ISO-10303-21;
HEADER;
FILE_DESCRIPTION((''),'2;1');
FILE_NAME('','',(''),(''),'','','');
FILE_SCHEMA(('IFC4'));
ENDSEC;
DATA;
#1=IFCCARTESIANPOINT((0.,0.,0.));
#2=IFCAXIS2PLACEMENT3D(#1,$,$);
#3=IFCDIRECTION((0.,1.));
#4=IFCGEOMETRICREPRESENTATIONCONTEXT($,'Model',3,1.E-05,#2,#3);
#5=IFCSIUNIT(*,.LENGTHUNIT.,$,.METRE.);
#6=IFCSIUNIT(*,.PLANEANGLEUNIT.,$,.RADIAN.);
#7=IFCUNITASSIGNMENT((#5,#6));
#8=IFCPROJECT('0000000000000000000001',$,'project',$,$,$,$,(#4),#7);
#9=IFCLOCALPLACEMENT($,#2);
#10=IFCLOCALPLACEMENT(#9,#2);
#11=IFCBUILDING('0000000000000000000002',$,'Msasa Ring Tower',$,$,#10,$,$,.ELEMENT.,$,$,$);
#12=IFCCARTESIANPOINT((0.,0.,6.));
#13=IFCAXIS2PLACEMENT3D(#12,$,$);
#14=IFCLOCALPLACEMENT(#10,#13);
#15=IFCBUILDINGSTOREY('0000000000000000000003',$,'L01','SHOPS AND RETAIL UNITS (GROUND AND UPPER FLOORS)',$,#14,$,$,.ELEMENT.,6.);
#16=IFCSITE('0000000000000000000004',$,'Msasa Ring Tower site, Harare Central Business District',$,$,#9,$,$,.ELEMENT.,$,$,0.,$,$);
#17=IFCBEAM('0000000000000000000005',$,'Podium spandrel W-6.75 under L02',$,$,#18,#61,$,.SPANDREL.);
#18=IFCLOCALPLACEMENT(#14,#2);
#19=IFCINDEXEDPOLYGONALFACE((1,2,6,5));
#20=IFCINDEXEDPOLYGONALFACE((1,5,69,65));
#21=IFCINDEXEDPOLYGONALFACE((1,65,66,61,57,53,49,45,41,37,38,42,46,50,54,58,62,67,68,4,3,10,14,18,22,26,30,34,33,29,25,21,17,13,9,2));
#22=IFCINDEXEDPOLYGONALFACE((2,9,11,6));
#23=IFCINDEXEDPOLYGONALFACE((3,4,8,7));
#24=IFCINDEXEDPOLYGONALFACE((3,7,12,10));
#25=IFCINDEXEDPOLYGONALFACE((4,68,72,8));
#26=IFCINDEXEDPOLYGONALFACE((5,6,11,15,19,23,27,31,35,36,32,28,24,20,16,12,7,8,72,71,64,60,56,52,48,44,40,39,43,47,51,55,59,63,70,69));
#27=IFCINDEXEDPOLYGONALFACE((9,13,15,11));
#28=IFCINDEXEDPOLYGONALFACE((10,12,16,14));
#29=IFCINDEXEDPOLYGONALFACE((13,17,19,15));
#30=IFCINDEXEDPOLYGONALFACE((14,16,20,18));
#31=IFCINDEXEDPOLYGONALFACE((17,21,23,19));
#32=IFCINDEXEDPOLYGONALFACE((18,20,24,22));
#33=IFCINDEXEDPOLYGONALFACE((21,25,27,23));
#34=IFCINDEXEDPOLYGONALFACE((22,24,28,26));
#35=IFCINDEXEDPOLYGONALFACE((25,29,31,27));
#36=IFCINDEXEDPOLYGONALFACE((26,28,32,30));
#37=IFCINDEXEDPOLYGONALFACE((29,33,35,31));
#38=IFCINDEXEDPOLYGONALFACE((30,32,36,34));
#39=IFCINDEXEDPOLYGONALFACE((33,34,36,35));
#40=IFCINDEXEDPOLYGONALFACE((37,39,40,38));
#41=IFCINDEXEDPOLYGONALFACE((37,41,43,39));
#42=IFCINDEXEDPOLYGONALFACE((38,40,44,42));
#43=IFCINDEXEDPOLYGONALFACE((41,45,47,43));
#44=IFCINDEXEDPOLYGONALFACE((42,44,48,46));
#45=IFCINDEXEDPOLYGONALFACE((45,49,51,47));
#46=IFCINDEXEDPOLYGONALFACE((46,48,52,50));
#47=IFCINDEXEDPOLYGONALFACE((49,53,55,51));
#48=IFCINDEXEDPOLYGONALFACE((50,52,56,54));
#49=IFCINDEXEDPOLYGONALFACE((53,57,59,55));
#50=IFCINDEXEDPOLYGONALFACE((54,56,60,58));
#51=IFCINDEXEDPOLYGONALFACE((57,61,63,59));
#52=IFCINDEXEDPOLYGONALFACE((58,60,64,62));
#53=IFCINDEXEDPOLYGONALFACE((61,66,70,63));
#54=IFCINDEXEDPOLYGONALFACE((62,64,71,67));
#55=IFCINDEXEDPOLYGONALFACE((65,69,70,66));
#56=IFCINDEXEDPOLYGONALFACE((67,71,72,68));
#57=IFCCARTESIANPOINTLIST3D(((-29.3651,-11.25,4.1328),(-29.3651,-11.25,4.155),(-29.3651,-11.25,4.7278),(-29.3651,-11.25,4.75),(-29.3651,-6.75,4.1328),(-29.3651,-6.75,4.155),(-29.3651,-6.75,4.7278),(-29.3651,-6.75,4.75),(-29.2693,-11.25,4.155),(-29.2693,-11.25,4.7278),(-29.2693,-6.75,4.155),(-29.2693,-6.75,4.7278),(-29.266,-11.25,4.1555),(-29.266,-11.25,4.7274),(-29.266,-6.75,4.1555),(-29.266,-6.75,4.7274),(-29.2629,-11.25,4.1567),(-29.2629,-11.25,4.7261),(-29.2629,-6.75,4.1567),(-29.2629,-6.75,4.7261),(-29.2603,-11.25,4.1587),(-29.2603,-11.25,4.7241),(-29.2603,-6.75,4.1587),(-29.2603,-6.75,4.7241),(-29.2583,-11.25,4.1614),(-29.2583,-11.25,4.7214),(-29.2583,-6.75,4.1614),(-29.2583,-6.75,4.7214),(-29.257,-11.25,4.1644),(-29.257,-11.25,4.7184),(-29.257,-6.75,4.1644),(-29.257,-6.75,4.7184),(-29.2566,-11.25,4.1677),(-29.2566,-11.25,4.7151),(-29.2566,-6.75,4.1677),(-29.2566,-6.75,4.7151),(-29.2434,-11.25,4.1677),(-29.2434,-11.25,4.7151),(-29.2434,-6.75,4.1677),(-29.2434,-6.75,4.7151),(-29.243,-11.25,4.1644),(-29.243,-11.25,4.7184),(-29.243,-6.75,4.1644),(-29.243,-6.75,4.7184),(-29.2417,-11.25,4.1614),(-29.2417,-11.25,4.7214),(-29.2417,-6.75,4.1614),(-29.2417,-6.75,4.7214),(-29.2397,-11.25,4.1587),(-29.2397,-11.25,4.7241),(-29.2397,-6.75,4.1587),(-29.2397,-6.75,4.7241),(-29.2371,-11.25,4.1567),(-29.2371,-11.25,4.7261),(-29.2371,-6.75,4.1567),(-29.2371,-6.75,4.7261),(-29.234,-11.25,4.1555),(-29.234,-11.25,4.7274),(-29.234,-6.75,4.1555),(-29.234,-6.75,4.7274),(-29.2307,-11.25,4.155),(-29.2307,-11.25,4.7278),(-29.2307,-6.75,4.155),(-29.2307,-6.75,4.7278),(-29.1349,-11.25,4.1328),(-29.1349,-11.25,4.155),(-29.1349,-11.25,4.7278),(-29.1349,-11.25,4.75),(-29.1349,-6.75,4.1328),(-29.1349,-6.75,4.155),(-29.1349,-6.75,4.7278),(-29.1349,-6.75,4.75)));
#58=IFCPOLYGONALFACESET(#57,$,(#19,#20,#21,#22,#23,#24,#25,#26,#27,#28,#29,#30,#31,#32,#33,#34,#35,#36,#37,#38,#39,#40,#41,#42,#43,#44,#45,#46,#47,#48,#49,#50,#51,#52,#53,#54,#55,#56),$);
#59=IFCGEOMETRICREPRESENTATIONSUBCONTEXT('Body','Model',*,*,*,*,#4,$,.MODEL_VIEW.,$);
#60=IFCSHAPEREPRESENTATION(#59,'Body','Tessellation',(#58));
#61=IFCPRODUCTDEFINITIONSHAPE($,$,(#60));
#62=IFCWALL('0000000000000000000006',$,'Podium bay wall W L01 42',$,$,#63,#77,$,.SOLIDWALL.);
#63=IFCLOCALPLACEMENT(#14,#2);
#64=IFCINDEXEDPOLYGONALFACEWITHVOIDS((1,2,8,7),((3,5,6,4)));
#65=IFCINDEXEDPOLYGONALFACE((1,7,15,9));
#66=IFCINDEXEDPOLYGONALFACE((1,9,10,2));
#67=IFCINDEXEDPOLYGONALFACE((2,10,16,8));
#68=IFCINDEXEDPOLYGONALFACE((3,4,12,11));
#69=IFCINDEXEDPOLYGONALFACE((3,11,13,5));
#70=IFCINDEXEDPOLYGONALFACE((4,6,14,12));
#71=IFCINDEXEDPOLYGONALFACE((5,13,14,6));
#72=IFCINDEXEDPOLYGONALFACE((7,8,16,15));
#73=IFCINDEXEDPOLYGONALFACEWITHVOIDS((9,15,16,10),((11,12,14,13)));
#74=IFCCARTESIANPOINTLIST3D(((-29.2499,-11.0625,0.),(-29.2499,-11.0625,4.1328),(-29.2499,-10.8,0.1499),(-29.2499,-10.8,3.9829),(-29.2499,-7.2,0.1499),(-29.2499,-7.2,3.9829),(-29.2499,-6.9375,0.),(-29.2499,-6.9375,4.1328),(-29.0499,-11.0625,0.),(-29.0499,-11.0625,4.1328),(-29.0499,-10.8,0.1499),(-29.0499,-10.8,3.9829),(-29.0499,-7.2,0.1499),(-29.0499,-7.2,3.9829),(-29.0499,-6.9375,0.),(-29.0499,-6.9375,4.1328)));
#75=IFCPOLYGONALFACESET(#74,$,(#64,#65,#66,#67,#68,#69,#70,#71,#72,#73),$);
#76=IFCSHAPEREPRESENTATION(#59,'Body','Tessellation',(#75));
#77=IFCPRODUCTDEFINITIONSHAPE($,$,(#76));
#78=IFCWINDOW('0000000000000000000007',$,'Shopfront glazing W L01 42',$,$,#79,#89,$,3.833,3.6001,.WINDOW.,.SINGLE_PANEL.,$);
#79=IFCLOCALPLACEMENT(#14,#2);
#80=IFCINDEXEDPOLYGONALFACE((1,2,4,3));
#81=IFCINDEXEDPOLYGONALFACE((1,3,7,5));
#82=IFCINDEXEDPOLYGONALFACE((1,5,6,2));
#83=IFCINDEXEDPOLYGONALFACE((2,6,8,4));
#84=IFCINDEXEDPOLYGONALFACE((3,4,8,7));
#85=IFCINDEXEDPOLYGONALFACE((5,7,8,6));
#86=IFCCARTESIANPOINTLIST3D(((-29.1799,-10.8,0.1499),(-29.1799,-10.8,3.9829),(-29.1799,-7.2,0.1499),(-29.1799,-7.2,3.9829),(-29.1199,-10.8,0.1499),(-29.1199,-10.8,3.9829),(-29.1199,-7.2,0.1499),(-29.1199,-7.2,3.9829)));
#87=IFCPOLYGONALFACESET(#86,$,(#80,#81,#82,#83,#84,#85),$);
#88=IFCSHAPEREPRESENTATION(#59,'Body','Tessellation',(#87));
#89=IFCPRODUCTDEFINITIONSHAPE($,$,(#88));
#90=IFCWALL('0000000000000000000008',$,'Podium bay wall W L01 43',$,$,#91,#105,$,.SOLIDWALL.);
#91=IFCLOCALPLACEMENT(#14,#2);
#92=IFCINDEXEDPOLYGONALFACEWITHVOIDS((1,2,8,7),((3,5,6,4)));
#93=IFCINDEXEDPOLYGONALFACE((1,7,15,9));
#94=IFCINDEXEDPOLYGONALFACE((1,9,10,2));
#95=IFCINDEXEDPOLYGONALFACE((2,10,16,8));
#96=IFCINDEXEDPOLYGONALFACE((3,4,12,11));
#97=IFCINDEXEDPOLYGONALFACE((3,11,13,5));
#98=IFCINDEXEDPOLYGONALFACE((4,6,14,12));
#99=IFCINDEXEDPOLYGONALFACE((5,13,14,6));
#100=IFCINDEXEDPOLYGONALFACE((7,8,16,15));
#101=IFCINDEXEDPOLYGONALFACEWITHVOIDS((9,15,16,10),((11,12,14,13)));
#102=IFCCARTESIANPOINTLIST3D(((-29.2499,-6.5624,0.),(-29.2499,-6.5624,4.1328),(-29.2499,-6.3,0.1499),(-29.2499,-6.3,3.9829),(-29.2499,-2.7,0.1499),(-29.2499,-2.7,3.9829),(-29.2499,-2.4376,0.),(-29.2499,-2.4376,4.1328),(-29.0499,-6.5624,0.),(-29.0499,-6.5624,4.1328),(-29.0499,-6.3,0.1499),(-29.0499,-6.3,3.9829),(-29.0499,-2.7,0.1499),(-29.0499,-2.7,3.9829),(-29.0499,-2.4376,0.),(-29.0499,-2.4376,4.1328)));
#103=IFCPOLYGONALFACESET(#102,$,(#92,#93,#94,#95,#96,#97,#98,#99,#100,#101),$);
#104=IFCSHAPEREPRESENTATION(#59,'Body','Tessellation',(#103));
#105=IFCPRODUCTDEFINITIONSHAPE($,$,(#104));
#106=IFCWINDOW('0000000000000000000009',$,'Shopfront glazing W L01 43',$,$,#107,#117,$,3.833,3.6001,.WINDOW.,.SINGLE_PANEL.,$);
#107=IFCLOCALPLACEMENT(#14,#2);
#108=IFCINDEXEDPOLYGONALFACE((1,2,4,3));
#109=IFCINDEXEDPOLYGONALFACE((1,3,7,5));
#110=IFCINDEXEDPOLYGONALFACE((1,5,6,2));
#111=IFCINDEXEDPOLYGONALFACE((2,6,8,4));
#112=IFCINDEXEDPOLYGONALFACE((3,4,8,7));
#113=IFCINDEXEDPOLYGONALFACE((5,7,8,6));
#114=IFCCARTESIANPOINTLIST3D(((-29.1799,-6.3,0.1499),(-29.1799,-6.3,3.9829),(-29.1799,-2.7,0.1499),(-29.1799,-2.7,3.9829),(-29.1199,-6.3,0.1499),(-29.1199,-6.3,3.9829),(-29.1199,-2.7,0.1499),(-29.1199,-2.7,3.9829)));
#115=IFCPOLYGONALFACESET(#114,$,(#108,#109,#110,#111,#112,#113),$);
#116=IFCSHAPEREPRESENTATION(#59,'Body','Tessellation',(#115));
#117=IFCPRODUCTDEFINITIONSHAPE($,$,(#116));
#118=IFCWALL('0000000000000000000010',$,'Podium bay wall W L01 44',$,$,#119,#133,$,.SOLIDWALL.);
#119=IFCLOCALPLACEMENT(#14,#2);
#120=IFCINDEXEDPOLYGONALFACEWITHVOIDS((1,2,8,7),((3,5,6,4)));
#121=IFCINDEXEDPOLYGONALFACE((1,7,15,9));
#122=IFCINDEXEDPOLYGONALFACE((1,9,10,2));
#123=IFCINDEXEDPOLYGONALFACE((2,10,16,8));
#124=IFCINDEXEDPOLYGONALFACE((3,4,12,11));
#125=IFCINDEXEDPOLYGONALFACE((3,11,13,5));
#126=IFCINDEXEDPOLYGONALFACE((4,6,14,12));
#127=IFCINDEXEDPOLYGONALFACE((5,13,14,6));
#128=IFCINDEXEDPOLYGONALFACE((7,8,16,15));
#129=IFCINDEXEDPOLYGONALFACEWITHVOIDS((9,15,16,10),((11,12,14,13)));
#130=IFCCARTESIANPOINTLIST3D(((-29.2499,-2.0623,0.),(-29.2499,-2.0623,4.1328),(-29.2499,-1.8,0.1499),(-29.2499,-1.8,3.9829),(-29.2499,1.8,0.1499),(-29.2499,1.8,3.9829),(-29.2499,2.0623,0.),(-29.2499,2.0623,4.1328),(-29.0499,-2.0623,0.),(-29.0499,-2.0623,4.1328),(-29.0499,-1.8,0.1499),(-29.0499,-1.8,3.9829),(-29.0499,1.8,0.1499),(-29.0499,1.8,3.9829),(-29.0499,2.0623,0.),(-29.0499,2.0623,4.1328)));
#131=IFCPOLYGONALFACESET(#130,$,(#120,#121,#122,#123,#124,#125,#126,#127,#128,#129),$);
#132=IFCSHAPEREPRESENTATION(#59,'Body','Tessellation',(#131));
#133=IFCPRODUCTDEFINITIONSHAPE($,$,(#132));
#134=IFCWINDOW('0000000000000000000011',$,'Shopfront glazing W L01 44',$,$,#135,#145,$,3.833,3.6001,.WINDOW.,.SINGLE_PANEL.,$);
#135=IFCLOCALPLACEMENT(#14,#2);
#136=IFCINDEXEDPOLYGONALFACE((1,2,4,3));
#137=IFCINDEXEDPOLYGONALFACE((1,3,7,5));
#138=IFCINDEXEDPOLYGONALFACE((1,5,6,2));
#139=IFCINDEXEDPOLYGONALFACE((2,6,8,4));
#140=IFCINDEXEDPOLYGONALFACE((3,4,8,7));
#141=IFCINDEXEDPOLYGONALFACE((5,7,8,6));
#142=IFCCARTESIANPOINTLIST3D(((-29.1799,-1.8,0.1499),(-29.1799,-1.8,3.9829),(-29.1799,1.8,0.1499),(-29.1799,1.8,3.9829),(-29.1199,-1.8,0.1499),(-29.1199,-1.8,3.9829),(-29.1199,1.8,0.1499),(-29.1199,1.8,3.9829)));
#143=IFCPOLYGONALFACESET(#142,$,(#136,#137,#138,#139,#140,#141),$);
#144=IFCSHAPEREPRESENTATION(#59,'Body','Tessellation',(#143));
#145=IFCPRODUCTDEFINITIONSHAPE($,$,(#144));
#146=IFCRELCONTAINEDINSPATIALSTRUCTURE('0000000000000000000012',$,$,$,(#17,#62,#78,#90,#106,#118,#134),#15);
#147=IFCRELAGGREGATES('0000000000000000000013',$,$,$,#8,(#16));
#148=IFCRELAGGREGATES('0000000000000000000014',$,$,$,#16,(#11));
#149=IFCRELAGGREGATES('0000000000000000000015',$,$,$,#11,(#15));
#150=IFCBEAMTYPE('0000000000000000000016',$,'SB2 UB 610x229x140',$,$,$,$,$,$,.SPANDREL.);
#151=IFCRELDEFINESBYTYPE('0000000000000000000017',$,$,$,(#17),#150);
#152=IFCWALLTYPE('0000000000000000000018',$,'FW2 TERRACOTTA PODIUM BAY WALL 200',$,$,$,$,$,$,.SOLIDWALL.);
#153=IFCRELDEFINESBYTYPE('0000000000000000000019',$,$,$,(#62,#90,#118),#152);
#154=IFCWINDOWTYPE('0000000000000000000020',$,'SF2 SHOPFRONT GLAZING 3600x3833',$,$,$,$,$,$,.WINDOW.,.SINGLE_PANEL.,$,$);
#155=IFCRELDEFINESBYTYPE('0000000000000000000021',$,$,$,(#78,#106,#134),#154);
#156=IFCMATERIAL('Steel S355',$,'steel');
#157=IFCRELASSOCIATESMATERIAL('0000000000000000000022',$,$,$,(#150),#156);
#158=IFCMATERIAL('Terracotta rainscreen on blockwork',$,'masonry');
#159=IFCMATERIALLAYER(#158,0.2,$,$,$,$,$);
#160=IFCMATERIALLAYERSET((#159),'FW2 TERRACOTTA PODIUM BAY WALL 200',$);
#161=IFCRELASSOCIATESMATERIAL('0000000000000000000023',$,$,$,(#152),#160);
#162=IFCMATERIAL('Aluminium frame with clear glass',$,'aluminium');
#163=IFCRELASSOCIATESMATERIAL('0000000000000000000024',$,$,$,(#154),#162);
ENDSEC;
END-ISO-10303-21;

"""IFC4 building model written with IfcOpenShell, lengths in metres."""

from ifc_helpers import new_model, si_unit, direction, frame, frame_2d, origin, origin_2d, place, context, subcontext, project, spatial, rectangle, i_section, extrude, material, layer, layer_set, material_profile, profile_set, type_object, element, fill, save


model = new_model("IFC4")

# Units and contexts
model_context = context("Model", 3, precision=1e-05, world=origin(), true_north=direction((0.0, 1.0)))
body_context = subcontext(model_context, "Body", "Model", "MODEL_VIEW")
ifc_project = project(units=[si_unit("LENGTHUNIT", "METRE"), si_unit("PLANEANGLEUNIT", "RADIAN")], contexts=[model_context])

# Site, building, storey
site_placement = place(None, origin())
site = spatial("IfcSite", under=ifc_project, at=site_placement, Name="Msasa Ring Tower site, Harare Central Business District", CompositionType="ELEMENT", RefElevation=0.0)
building_placement = place(site_placement, origin())
building = spatial("IfcBuilding", under=site, at=building_placement, Name="Msasa Ring Tower", CompositionType="ELEMENT")
storey_placement = place(building_placement, frame((0.0, 0.0, 6.0)))
storey = spatial("IfcBuildingStorey", under=building, at=storey_placement, Name="L01", Description="SHOPS AND RETAIL UNITS (GROUND AND UPPER FLOORS)", CompositionType="ELEMENT", Elevation=6.0)

# Beam
ifc_material_1 = material(Name="Steel S355", Category="steel")
ifc_material_profile_1 = material_profile(ifc_material_1, i_section(OverallWidth=0.2302, OverallDepth=0.6172, WebThickness=0.0132, FlangeThickness=0.0222, FilletRadius=0.0127, at=origin_2d()), Name="UB 610x229x140")
ifc_profile_set_1 = profile_set([ifc_material_profile_1], Name="Steel S355")
beam_type_1 = type_object("IfcBeamType", Name="SB2 UB 610x229x140", PredefinedType="SPANDREL", material=ifc_profile_set_1)
for number, where, z_axis, x_axis, name in (
    (1, (-29.25, -6.75, 4.4414), (0.0, -1.0, 0.0), (1.0, 0.0, 0.0), "Podium spandrel W-6.75 under L02"),
):
    element("IfcBeam", number, at=place(storey_placement, frame(where, z_axis=z_axis, x_axis=x_axis)), inside=storey, type_object=beam_type_1, Name=name, PredefinedType="SPANDREL", context=body_context, shape_type="SweptSolid", body=[
        extrude(i_section(OverallWidth=0.2302, OverallDepth=0.6172, WebThickness=0.0132, FlangeThickness=0.0222, FilletRadius=0.0127, at=origin_2d()), origin(), (0.0, 0.0, 1.0), 4.5),
    ])

# Walls, openings, windows
ifc_material_2 = material(Name="Terracotta rainscreen on blockwork", Category="masonry")
ifc_layer_1 = layer(ifc_material_2, 0.2)
ifc_layer_set_1 = layer_set([ifc_layer_1], Name="FW2 TERRACOTTA PODIUM BAY WALL 200")
wall_type_1 = type_object("IfcWallType", Name="FW2 TERRACOTTA PODIUM BAY WALL 200", PredefinedType="SOLIDWALL", material=ifc_layer_set_1)
wall_1_placement = place(storey_placement, frame((-29.1499, -11.0625, 0.0), z_axis=(0.0, 0.0, 1.0), x_axis=(0.0, 1.0, 0.0)))
wall_1 = element("IfcWall", 2, at=wall_1_placement, inside=storey, type_object=wall_type_1, Name="Podium bay wall W L01 42", PredefinedType="SOLIDWALL", context=body_context, shape_type="SweptSolid", body=[
    extrude(rectangle(XDim=4.125, YDim=0.2, at=frame_2d((2.0625, 0.0))), origin(), (0.0, 0.0, 1.0), 4.1328),
])
opening_1_placement = place(wall_1_placement, frame((0.2625, 0.0, 0.1499)))
opening_1 = element("IfcOpeningElement", 3, at=opening_1_placement, cuts=wall_1, PredefinedType="OPENING", context=body_context, shape_type="SweptSolid", body=[
    extrude(rectangle(XDim=3.6001, YDim=3.833, at=frame_2d((1.8, 1.9165))), frame((0.0, 0.1099, 0.0), z_axis=(0.0, -1.0, 0.0), x_axis=(1.0, 0.0, 0.0)), (0.0, 0.0, 1.0), 0.22),
])
ifc_material_3 = material(Name="Aluminium frame with clear glass", Category="aluminium")
window_type = type_object("IfcWindowType", Name="SF2 SHOPFRONT GLAZING 3600x3833", PartitioningType="SINGLE_PANEL", PredefinedType="WINDOW", material=ifc_material_3)
window_1_placement = place(opening_1_placement, origin())
window_1 = element("IfcWindow", 4, at=window_1_placement, inside=storey, type_object=window_type, Name="Shopfront glazing W L01 42", OverallHeight=3.833, OverallWidth=3.6001, PartitioningType="SINGLE_PANEL", PredefinedType="WINDOW", context=body_context, shape_type="SweptSolid", body=[
    extrude(rectangle(XDim=3.6001, YDim=3.833, at=frame_2d((1.8, 1.9165))), frame((0.0, 0.03, 0.0), z_axis=(0.0, -1.0, 0.0), x_axis=(1.0, 0.0, 0.0)), (0.0, 0.0, 1.0), 0.0601),
])
fill(opening_1, window_1)
wall_2_placement = place(storey_placement, frame((-29.1499, -6.5625, 0.0), z_axis=(0.0, 0.0, 1.0), x_axis=(0.0, 1.0, 0.0)))
wall_2 = element("IfcWall", 5, at=wall_2_placement, inside=storey, type_object=wall_type_1, Name="Podium bay wall W L01 43", PredefinedType="SOLIDWALL", context=body_context, shape_type="SweptSolid", body=[
    extrude(rectangle(XDim=4.1248, YDim=0.2, at=frame_2d((2.0625, 0.0))), origin(), (0.0, 0.0, 1.0), 4.1328),
])
opening_2_placement = place(wall_2_placement, frame((0.2625, 0.0, 0.1499)))
opening_2 = element("IfcOpeningElement", 6, at=opening_2_placement, cuts=wall_2, PredefinedType="OPENING", context=body_context, shape_type="SweptSolid", body=[
    extrude(rectangle(XDim=3.6001, YDim=3.833, at=frame_2d((1.8, 1.9165))), frame((0.0, 0.1099, 0.0), z_axis=(0.0, -1.0, 0.0), x_axis=(1.0, 0.0, 0.0)), (0.0, 0.0, 1.0), 0.22),
])
window_2_placement = place(opening_2_placement, origin())
window_2 = element("IfcWindow", 7, at=window_2_placement, inside=storey, type_object=window_type, Name="Shopfront glazing W L01 43", OverallHeight=3.833, OverallWidth=3.6001, PartitioningType="SINGLE_PANEL", PredefinedType="WINDOW", context=body_context, shape_type="SweptSolid", body=[
    extrude(rectangle(XDim=3.6001, YDim=3.833, at=frame_2d((1.8, 1.9165))), frame((0.0, 0.03, 0.0), z_axis=(0.0, -1.0, 0.0), x_axis=(1.0, 0.0, 0.0)), (0.0, 0.0, 1.0), 0.0601),
])
fill(opening_2, window_2)
wall_3_placement = place(storey_placement, frame((-29.1499, -2.0623, 0.0), z_axis=(0.0, 0.0, 1.0), x_axis=(0.0, 1.0, 0.0)))
wall_3 = element("IfcWall", 8, at=wall_3_placement, inside=storey, type_object=wall_type_1, Name="Podium bay wall W L01 44", PredefinedType="SOLIDWALL", context=body_context, shape_type="SweptSolid", body=[
    extrude(rectangle(XDim=4.1245, YDim=0.2, at=frame_2d((2.0623, 0.0))), origin(), (0.0, 0.0, 1.0), 4.1328),
])
opening_3_placement = place(wall_3_placement, frame((0.2622, 0.0, 0.1499)))
opening_3 = element("IfcOpeningElement", 9, at=opening_3_placement, cuts=wall_3, PredefinedType="OPENING", context=body_context, shape_type="SweptSolid", body=[
    extrude(rectangle(XDim=3.6001, YDim=3.833, at=frame_2d((1.8, 1.9165))), frame((0.0, 0.1099, 0.0), z_axis=(0.0, -1.0, 0.0), x_axis=(1.0, 0.0, 0.0)), (0.0, 0.0, 1.0), 0.22),
])
window_3_placement = place(opening_3_placement, origin())
window_3 = element("IfcWindow", 10, at=window_3_placement, inside=storey, type_object=window_type, Name="Shopfront glazing W L01 44", OverallHeight=3.833, OverallWidth=3.6001, PartitioningType="SINGLE_PANEL", PredefinedType="WINDOW", context=body_context, shape_type="SweptSolid", body=[
    extrude(rectangle(XDim=3.6001, YDim=3.833, at=frame_2d((1.8, 1.9165))), frame((0.0, 0.03, 0.0), z_axis=(0.0, -1.0, 0.0), x_axis=(1.0, 0.0, 0.0)), (0.0, 0.0, 1.0), 0.0601),
])
fill(opening_3, window_3)

save(model, "model.ifc")
